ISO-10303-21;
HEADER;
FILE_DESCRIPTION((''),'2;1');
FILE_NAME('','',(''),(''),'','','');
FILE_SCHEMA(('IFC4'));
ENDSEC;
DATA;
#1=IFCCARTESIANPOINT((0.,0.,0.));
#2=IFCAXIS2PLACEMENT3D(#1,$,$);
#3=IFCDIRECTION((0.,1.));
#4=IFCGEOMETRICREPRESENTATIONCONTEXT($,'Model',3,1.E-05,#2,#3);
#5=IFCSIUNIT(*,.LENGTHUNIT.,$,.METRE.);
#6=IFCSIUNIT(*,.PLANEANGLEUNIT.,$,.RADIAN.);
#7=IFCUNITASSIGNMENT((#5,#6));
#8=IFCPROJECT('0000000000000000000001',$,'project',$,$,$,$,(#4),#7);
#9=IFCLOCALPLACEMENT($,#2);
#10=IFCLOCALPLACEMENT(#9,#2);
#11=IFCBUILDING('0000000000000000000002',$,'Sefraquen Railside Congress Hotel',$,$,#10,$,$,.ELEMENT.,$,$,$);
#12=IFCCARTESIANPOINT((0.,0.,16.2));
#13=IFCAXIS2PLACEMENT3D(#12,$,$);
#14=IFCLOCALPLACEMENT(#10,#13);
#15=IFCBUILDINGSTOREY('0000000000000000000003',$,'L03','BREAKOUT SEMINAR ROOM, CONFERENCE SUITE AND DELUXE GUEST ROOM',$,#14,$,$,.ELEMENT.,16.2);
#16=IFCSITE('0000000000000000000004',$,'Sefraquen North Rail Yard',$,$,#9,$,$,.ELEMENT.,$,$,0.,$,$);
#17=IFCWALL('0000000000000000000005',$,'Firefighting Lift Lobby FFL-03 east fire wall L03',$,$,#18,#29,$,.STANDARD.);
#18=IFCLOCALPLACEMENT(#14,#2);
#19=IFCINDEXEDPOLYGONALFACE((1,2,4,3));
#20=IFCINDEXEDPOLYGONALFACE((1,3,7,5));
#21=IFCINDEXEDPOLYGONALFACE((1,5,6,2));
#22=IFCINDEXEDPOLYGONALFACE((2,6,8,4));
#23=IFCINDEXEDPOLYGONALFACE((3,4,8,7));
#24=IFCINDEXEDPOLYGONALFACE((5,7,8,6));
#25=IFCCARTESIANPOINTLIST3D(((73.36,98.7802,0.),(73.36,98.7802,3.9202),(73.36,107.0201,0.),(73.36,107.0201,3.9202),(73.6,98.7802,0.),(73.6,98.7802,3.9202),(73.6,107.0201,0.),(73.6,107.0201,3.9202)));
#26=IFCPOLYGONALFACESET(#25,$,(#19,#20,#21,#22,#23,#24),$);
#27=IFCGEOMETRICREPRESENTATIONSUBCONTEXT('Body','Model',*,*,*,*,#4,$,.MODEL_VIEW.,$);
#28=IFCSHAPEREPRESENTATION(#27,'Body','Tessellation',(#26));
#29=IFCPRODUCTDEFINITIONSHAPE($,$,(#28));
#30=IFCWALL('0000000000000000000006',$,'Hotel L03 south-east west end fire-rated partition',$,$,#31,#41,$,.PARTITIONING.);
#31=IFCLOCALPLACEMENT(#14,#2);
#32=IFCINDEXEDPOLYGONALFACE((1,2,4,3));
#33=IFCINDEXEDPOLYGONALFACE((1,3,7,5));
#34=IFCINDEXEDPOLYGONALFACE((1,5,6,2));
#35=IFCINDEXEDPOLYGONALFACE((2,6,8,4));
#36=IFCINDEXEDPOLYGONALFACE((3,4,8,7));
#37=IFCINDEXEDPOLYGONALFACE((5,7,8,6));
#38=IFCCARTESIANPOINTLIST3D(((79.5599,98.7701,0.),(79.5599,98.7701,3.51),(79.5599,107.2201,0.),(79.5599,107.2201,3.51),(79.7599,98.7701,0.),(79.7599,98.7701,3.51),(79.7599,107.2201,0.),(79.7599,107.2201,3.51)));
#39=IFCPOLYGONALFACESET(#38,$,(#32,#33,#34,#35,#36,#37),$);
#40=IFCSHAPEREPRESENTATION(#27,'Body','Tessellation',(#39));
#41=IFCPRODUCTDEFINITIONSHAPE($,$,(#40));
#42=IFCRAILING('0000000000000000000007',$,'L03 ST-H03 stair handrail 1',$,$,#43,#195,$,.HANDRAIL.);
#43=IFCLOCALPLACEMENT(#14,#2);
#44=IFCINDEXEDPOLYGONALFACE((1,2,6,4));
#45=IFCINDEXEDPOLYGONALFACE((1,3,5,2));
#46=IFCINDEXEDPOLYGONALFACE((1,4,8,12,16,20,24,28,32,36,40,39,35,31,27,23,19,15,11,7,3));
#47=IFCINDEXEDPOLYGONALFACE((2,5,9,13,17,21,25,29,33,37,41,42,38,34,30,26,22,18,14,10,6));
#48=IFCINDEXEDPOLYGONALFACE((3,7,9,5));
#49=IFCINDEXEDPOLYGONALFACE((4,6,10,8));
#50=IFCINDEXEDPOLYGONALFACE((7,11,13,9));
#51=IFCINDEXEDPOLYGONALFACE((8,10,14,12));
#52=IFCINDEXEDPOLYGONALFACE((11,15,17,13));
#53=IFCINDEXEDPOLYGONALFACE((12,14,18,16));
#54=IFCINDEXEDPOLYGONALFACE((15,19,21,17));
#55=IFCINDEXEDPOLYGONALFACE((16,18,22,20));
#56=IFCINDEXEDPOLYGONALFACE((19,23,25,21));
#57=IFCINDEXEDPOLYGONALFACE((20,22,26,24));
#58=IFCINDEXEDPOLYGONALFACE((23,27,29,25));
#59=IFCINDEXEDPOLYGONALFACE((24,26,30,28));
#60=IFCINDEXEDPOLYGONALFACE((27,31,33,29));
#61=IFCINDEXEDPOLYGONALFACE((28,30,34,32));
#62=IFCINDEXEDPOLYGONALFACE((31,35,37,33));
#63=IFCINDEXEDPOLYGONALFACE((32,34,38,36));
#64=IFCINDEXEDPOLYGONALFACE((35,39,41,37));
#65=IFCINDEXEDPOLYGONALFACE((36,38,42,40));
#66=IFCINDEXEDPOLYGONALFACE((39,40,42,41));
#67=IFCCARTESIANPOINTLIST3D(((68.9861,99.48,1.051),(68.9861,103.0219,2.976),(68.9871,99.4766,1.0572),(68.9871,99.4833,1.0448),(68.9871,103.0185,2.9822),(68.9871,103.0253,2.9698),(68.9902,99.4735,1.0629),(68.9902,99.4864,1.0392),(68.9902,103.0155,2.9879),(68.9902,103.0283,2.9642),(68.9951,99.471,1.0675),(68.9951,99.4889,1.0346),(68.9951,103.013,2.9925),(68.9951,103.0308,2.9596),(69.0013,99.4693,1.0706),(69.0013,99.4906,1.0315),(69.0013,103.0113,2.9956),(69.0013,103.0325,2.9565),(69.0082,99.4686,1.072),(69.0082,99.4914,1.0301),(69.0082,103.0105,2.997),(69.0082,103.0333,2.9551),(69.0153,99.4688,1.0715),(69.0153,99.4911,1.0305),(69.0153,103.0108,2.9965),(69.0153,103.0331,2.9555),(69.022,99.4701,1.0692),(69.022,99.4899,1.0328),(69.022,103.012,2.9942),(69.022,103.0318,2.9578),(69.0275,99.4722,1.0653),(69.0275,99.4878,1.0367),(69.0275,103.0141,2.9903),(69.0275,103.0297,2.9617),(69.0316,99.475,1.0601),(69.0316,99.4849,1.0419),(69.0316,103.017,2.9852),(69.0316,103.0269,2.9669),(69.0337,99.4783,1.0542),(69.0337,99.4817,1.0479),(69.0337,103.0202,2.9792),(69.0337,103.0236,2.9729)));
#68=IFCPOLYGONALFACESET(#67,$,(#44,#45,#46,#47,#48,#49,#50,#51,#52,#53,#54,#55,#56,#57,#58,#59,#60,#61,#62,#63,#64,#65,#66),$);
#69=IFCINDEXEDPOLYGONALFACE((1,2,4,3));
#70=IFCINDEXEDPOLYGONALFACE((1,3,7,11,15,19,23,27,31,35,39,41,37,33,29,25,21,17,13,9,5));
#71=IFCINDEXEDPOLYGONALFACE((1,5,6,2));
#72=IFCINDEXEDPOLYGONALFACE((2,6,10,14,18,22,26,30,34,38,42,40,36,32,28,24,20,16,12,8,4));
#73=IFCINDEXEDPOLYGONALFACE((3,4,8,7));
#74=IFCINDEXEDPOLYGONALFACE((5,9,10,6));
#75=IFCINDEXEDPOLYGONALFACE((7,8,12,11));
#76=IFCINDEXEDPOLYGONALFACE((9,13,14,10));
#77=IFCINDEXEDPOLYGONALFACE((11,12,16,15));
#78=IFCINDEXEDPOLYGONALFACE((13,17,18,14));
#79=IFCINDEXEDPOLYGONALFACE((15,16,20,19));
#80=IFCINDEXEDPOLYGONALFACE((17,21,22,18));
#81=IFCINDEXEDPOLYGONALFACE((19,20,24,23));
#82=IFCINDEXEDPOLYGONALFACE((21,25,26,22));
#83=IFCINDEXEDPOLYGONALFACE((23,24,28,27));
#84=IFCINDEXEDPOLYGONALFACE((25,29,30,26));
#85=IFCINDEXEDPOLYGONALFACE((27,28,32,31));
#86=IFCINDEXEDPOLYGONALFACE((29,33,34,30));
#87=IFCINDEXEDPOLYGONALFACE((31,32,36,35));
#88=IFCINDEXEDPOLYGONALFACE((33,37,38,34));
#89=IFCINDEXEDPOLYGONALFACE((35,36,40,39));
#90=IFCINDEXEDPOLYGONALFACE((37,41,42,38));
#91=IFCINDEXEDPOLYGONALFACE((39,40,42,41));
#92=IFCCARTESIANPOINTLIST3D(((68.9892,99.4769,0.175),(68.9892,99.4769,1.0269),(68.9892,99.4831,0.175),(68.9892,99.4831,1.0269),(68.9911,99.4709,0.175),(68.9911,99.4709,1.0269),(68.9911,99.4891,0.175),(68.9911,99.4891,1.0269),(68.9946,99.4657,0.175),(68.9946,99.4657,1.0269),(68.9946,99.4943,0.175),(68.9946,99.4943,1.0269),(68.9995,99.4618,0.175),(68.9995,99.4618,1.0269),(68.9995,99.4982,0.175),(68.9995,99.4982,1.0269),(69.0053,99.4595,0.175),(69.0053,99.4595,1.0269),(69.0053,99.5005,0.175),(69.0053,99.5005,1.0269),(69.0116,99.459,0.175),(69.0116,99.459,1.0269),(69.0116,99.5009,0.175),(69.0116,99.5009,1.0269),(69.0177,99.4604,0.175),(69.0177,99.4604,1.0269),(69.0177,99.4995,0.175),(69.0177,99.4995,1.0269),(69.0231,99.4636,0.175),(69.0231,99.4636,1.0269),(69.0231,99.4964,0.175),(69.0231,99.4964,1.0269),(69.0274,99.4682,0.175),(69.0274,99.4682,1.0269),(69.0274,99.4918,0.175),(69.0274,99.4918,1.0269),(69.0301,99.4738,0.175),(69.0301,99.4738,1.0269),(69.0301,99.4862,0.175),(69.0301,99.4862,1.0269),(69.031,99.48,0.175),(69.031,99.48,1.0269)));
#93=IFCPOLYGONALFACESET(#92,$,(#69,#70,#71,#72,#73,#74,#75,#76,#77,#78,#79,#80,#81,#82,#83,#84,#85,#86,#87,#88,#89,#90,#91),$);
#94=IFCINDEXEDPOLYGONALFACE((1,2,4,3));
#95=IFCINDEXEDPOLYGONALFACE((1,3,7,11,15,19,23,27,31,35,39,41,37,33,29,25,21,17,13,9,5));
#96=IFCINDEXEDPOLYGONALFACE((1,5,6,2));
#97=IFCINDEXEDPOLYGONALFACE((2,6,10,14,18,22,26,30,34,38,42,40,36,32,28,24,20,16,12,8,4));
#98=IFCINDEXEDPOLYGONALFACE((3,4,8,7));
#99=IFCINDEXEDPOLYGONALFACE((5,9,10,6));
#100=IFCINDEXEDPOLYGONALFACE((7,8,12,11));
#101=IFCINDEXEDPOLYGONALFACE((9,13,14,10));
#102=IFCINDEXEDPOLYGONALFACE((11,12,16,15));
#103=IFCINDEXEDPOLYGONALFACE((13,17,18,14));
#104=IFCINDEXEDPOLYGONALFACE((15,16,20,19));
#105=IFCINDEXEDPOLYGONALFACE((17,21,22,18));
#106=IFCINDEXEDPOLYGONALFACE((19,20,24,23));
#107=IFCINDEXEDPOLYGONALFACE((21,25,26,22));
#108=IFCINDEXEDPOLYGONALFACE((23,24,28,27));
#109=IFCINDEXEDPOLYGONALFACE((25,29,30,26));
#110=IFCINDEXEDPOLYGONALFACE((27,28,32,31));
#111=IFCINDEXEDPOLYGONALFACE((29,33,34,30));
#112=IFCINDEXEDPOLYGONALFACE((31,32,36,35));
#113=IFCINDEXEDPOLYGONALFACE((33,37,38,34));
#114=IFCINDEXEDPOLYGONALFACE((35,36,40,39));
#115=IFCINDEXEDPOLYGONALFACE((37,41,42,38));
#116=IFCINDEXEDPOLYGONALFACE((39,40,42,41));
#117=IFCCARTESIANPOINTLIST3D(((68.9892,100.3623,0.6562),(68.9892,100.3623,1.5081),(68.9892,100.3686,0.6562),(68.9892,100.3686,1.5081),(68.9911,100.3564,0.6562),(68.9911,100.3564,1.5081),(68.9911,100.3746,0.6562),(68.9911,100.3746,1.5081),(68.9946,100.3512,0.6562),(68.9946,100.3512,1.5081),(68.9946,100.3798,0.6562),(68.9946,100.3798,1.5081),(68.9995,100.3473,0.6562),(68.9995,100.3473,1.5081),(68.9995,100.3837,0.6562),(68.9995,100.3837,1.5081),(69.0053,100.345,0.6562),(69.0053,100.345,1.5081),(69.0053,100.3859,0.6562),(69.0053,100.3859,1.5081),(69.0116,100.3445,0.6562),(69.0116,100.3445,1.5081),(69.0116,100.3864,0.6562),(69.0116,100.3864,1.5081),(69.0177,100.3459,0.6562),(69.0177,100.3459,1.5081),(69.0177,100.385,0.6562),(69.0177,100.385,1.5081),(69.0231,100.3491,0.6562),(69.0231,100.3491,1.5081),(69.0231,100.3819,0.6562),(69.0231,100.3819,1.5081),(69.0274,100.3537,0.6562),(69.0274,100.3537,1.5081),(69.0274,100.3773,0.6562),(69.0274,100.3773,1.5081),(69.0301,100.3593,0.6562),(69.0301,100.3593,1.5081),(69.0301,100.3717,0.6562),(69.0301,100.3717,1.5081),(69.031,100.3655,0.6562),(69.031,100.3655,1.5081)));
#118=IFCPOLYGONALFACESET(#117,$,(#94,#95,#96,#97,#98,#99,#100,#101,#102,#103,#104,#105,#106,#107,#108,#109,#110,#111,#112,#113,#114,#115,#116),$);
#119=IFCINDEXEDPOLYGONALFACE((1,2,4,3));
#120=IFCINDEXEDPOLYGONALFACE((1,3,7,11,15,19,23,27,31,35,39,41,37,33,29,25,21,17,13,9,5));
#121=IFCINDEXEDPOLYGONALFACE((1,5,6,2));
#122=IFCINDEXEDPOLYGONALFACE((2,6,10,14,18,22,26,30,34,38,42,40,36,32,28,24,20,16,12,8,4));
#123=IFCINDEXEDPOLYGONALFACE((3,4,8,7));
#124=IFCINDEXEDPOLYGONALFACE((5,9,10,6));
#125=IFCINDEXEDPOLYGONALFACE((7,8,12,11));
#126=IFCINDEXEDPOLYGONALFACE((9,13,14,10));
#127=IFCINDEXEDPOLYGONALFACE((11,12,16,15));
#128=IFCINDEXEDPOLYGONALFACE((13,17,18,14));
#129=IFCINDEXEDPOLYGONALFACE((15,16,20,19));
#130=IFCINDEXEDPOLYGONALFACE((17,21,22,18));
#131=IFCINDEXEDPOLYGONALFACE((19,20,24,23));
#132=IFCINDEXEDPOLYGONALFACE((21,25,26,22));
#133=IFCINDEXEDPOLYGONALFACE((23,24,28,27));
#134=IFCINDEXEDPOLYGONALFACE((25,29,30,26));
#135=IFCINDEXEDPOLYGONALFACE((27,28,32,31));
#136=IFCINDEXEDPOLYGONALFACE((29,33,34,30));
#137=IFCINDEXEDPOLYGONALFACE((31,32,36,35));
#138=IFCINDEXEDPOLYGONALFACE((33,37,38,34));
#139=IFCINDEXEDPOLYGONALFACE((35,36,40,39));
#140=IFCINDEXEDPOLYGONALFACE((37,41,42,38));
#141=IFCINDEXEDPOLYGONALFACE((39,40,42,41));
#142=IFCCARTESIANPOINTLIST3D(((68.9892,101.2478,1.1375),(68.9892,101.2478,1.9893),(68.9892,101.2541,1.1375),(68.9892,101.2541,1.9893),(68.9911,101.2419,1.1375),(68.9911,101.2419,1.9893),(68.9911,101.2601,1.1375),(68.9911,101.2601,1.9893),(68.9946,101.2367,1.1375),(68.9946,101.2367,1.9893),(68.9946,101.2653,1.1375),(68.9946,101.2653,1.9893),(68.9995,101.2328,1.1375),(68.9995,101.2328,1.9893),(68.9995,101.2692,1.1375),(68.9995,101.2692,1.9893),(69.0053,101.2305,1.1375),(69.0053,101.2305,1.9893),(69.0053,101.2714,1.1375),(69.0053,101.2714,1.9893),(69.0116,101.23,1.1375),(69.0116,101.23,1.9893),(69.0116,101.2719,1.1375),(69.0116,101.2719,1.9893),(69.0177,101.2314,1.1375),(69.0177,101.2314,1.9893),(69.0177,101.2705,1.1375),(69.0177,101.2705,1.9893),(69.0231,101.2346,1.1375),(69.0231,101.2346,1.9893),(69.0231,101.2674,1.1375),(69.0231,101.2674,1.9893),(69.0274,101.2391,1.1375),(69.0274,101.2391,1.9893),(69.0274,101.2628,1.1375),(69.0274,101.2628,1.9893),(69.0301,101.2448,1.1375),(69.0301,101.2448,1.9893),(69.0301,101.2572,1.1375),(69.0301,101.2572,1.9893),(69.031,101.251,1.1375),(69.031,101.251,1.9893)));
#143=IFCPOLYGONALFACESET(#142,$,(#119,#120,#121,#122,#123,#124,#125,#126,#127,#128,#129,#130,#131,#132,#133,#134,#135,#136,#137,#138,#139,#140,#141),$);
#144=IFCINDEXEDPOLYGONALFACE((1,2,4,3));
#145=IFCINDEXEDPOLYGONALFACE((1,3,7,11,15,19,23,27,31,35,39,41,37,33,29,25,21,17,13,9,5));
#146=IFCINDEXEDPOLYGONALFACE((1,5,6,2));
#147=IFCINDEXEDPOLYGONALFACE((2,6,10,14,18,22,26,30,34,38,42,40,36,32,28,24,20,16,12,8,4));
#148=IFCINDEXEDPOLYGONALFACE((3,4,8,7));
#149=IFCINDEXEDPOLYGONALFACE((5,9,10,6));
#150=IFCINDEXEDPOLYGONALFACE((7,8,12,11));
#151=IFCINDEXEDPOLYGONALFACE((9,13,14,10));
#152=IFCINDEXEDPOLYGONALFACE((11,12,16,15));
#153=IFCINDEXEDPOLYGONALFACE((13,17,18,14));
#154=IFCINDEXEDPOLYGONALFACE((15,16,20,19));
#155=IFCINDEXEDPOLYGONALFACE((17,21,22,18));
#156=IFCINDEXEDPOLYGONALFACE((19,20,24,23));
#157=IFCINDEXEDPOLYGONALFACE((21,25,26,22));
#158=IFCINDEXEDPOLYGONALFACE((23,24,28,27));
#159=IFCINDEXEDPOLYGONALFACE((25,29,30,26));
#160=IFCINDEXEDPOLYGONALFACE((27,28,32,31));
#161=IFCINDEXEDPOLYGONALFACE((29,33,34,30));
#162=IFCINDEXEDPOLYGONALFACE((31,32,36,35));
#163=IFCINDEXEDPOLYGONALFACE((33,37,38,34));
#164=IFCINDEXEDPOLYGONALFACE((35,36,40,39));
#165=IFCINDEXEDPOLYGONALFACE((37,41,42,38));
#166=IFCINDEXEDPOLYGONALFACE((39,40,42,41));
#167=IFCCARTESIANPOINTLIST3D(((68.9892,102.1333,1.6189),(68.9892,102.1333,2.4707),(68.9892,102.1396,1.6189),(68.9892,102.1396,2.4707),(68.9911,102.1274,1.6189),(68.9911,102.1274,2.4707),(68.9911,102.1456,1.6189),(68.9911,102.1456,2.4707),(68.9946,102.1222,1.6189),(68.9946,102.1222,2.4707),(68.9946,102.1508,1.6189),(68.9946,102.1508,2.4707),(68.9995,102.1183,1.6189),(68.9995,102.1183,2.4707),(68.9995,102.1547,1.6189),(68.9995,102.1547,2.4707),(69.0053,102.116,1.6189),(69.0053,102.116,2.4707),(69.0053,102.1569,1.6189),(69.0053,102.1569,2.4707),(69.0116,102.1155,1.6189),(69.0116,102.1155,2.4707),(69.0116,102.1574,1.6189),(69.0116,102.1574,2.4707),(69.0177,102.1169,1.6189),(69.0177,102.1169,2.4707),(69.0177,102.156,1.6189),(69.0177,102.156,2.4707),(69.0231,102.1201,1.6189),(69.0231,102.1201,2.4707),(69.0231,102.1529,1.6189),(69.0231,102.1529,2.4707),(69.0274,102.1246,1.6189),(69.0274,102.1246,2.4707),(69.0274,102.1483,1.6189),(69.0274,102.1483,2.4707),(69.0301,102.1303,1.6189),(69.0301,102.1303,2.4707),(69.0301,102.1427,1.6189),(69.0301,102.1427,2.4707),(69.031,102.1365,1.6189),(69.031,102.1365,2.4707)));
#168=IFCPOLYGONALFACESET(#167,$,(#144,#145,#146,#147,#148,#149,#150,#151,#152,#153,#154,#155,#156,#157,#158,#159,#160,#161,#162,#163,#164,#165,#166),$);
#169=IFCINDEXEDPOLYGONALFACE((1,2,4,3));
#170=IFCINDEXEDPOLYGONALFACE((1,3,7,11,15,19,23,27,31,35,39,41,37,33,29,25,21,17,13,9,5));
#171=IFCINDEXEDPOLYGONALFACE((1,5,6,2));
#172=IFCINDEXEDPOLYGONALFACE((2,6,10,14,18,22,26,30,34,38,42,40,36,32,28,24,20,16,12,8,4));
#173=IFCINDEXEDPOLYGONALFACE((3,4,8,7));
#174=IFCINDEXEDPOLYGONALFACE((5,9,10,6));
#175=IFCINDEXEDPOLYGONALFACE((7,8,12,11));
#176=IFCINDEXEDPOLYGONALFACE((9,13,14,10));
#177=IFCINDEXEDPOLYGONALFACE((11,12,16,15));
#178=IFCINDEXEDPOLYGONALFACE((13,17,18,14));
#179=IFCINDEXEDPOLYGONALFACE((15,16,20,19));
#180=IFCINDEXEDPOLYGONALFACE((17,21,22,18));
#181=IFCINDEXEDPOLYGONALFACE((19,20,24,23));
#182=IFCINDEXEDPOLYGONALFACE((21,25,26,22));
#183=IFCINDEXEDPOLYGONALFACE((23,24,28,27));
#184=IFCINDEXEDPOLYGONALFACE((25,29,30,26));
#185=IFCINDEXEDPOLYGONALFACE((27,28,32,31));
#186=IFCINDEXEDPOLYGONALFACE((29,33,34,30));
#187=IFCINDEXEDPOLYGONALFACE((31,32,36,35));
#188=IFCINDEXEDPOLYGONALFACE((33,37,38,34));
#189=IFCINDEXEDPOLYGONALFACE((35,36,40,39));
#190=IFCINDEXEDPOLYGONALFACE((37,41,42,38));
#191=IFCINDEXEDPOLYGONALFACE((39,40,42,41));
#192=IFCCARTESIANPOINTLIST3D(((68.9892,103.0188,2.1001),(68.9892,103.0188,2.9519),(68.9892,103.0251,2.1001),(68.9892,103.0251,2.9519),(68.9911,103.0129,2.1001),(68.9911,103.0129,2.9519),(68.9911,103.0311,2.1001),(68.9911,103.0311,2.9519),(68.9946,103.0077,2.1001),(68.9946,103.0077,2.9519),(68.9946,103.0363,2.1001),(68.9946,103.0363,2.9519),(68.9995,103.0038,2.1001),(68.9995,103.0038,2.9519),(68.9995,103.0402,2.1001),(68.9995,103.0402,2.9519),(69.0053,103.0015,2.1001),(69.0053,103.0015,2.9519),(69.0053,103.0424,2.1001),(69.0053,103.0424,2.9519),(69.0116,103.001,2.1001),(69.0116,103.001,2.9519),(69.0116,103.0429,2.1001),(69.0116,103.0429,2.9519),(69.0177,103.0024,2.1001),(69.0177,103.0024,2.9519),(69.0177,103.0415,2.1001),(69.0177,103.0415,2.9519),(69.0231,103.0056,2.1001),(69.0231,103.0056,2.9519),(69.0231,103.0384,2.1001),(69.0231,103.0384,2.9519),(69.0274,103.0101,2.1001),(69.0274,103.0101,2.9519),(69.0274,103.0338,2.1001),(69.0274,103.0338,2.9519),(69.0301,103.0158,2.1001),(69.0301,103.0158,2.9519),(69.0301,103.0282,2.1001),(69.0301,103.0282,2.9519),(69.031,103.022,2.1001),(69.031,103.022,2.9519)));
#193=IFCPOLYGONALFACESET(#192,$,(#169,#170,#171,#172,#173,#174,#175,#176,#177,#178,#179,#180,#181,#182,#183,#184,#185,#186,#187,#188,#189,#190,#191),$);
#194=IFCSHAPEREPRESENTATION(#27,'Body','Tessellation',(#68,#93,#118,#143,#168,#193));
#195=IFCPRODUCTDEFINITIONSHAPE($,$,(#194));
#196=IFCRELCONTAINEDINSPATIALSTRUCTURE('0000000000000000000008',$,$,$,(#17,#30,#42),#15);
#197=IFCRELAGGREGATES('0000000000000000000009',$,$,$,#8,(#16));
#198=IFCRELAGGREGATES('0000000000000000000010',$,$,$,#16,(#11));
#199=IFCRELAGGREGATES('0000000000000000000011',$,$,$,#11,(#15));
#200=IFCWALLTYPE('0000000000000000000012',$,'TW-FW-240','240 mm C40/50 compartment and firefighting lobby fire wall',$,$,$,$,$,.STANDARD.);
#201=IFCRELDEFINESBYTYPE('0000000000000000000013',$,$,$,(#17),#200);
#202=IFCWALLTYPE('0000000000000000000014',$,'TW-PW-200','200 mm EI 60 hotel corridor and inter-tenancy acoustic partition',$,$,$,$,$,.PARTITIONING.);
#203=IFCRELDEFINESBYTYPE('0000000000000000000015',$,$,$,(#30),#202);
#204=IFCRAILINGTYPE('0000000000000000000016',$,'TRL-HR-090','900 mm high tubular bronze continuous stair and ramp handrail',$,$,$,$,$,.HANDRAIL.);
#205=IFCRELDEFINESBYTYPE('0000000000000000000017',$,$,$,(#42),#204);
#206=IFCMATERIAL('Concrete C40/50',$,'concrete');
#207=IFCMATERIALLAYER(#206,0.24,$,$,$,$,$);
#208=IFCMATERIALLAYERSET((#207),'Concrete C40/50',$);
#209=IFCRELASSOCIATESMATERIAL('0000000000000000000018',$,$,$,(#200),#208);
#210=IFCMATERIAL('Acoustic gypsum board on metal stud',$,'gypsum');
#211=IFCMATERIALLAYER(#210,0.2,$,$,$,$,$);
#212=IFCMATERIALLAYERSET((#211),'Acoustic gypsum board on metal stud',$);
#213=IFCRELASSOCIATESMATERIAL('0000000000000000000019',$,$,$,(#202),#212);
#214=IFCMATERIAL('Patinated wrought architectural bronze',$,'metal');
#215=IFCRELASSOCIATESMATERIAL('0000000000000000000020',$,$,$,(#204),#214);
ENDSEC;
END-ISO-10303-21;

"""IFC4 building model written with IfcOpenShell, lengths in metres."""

from ifc_helpers import new_model, si_unit, direction, frame, frame_2d, origin, origin_2d, place, context, subcontext, project, spatial, rectangle, circle, extrude, material, layer, layer_set, type_object, element, save


model = new_model("IFC4")

# Units and contexts
model_context = context("Model", 3, precision=1e-05, world=origin(), true_north=direction((0.0, 1.0)))
body_context = subcontext(model_context, "Body", "Model", "MODEL_VIEW")
ifc_project = project(units=[si_unit("LENGTHUNIT", "METRE"), si_unit("PLANEANGLEUNIT", "RADIAN")], contexts=[model_context])

# Site, building, storey
site_placement = place(None, origin())
site = spatial("IfcSite", under=ifc_project, at=site_placement, Name="Sefraquen North Rail Yard", CompositionType="ELEMENT", RefElevation=0.0)
building_placement = place(site_placement, origin())
building = spatial("IfcBuilding", under=site, at=building_placement, Name="Sefraquen Railside Congress Hotel", CompositionType="ELEMENT")
storey_placement = place(building_placement, frame((0.0, 0.0, 16.2)))
storey = spatial("IfcBuildingStorey", under=building, at=storey_placement, Name="L03", Description="BREAKOUT SEMINAR ROOM, CONFERENCE SUITE AND DELUXE GUEST ROOM", CompositionType="ELEMENT", Elevation=16.2)

# Walls
ifc_material_1 = material(Name="Concrete C40/50", Category="concrete")
ifc_layer_1 = layer(ifc_material_1, 0.24)
ifc_layer_set_1 = layer_set([ifc_layer_1], Name="Concrete C40/50")
wall_type_1 = type_object("IfcWallType", Name="TW-FW-240", Description="240 mm C40/50 compartment and firefighting lobby fire wall", PredefinedType="STANDARD", material=ifc_layer_set_1)
wall_1_placement = place(storey_placement, frame((73.48, 98.78, 0.0), z_axis=(0.0, 0.0, 1.0), x_axis=(0.0, 1.0, 0.0)))
element("IfcWall", 1, at=wall_1_placement, inside=storey, type_object=wall_type_1, Name="Firefighting Lift Lobby FFL-03 east fire wall L03", PredefinedType="STANDARD", context=body_context, shape_type="SweptSolid", body=[
    extrude(rectangle(XDim=8.24, YDim=0.24, at=frame_2d((4.1201, 0.0))), origin(), (0.0, 0.0, 1.0), 3.9202),
])
ifc_material_2 = material(Name="Acoustic gypsum board on metal stud", Category="gypsum")
ifc_layer_2 = layer(ifc_material_2, 0.2)
ifc_layer_set_2 = layer_set([ifc_layer_2], Name="Acoustic gypsum board on metal stud")
wall_type_2 = type_object("IfcWallType", Name="TW-PW-200", Description="200 mm EI 60 hotel corridor and inter-tenancy acoustic partition", PredefinedType="PARTITIONING", material=ifc_layer_set_2)
wall_2_placement = place(storey_placement, frame((79.6599, 98.77, 0.0), z_axis=(0.0, 0.0, 1.0), x_axis=(0.0, 1.0, 0.0)))
element("IfcWall", 2, at=wall_2_placement, inside=storey, type_object=wall_type_2, Name="Hotel L03 south-east west end fire-rated partition", PredefinedType="PARTITIONING", context=body_context, shape_type="SweptSolid", body=[
    extrude(rectangle(XDim=8.45, YDim=0.2, at=frame_2d((4.2251, 0.0))), origin(), (0.0, 0.0, 1.0), 3.51),
])

# Railing
ifc_material_3 = material(Name="Patinated wrought architectural bronze", Category="metal")
railing_type = type_object("IfcRailingType", Name="TRL-HR-090", Description="900 mm high tubular bronze continuous stair and ramp handrail", PredefinedType="HANDRAIL", material=ifc_material_3)
railing_placement = place(storey_placement, frame((69.01, 99.48, 0.175)))
element("IfcRailing", 3, at=railing_placement, inside=storey, type_object=railing_type, Name="L03 ST-H03 stair handrail 1", PredefinedType="HANDRAIL", context=body_context, shape_type="SweptSolid", body=[
    extrude(circle(Radius=0.0239, at=origin_2d()), frame((0.0, 0.0, 0.876), z_axis=(0.0, 0.878619, 0.477523), x_axis=(-1.0, 0.0, 0.0)), (0.0, 0.0, 1.0), 4.0312),
    extrude(circle(Radius=0.021, at=origin_2d()), origin(), (0.0, 0.0, 1.0), 0.8518),
    extrude(circle(Radius=0.021, at=origin_2d()), frame((0.0, 0.8855, 0.4812)), (0.0, 0.0, 1.0), 0.8518),
    extrude(circle(Radius=0.021, at=origin_2d()), frame((0.0, 1.771, 0.9624)), (0.0, 0.0, 1.0), 0.8518),
    extrude(circle(Radius=0.021, at=origin_2d()), frame((0.0, 2.6565, 1.4438)), (0.0, 0.0, 1.0), 0.8518),
    extrude(circle(Radius=0.021, at=origin_2d()), frame((0.0, 3.542, 1.925)), (0.0, 0.0, 1.0), 0.8518),
])

save(model, "model.ifc")
